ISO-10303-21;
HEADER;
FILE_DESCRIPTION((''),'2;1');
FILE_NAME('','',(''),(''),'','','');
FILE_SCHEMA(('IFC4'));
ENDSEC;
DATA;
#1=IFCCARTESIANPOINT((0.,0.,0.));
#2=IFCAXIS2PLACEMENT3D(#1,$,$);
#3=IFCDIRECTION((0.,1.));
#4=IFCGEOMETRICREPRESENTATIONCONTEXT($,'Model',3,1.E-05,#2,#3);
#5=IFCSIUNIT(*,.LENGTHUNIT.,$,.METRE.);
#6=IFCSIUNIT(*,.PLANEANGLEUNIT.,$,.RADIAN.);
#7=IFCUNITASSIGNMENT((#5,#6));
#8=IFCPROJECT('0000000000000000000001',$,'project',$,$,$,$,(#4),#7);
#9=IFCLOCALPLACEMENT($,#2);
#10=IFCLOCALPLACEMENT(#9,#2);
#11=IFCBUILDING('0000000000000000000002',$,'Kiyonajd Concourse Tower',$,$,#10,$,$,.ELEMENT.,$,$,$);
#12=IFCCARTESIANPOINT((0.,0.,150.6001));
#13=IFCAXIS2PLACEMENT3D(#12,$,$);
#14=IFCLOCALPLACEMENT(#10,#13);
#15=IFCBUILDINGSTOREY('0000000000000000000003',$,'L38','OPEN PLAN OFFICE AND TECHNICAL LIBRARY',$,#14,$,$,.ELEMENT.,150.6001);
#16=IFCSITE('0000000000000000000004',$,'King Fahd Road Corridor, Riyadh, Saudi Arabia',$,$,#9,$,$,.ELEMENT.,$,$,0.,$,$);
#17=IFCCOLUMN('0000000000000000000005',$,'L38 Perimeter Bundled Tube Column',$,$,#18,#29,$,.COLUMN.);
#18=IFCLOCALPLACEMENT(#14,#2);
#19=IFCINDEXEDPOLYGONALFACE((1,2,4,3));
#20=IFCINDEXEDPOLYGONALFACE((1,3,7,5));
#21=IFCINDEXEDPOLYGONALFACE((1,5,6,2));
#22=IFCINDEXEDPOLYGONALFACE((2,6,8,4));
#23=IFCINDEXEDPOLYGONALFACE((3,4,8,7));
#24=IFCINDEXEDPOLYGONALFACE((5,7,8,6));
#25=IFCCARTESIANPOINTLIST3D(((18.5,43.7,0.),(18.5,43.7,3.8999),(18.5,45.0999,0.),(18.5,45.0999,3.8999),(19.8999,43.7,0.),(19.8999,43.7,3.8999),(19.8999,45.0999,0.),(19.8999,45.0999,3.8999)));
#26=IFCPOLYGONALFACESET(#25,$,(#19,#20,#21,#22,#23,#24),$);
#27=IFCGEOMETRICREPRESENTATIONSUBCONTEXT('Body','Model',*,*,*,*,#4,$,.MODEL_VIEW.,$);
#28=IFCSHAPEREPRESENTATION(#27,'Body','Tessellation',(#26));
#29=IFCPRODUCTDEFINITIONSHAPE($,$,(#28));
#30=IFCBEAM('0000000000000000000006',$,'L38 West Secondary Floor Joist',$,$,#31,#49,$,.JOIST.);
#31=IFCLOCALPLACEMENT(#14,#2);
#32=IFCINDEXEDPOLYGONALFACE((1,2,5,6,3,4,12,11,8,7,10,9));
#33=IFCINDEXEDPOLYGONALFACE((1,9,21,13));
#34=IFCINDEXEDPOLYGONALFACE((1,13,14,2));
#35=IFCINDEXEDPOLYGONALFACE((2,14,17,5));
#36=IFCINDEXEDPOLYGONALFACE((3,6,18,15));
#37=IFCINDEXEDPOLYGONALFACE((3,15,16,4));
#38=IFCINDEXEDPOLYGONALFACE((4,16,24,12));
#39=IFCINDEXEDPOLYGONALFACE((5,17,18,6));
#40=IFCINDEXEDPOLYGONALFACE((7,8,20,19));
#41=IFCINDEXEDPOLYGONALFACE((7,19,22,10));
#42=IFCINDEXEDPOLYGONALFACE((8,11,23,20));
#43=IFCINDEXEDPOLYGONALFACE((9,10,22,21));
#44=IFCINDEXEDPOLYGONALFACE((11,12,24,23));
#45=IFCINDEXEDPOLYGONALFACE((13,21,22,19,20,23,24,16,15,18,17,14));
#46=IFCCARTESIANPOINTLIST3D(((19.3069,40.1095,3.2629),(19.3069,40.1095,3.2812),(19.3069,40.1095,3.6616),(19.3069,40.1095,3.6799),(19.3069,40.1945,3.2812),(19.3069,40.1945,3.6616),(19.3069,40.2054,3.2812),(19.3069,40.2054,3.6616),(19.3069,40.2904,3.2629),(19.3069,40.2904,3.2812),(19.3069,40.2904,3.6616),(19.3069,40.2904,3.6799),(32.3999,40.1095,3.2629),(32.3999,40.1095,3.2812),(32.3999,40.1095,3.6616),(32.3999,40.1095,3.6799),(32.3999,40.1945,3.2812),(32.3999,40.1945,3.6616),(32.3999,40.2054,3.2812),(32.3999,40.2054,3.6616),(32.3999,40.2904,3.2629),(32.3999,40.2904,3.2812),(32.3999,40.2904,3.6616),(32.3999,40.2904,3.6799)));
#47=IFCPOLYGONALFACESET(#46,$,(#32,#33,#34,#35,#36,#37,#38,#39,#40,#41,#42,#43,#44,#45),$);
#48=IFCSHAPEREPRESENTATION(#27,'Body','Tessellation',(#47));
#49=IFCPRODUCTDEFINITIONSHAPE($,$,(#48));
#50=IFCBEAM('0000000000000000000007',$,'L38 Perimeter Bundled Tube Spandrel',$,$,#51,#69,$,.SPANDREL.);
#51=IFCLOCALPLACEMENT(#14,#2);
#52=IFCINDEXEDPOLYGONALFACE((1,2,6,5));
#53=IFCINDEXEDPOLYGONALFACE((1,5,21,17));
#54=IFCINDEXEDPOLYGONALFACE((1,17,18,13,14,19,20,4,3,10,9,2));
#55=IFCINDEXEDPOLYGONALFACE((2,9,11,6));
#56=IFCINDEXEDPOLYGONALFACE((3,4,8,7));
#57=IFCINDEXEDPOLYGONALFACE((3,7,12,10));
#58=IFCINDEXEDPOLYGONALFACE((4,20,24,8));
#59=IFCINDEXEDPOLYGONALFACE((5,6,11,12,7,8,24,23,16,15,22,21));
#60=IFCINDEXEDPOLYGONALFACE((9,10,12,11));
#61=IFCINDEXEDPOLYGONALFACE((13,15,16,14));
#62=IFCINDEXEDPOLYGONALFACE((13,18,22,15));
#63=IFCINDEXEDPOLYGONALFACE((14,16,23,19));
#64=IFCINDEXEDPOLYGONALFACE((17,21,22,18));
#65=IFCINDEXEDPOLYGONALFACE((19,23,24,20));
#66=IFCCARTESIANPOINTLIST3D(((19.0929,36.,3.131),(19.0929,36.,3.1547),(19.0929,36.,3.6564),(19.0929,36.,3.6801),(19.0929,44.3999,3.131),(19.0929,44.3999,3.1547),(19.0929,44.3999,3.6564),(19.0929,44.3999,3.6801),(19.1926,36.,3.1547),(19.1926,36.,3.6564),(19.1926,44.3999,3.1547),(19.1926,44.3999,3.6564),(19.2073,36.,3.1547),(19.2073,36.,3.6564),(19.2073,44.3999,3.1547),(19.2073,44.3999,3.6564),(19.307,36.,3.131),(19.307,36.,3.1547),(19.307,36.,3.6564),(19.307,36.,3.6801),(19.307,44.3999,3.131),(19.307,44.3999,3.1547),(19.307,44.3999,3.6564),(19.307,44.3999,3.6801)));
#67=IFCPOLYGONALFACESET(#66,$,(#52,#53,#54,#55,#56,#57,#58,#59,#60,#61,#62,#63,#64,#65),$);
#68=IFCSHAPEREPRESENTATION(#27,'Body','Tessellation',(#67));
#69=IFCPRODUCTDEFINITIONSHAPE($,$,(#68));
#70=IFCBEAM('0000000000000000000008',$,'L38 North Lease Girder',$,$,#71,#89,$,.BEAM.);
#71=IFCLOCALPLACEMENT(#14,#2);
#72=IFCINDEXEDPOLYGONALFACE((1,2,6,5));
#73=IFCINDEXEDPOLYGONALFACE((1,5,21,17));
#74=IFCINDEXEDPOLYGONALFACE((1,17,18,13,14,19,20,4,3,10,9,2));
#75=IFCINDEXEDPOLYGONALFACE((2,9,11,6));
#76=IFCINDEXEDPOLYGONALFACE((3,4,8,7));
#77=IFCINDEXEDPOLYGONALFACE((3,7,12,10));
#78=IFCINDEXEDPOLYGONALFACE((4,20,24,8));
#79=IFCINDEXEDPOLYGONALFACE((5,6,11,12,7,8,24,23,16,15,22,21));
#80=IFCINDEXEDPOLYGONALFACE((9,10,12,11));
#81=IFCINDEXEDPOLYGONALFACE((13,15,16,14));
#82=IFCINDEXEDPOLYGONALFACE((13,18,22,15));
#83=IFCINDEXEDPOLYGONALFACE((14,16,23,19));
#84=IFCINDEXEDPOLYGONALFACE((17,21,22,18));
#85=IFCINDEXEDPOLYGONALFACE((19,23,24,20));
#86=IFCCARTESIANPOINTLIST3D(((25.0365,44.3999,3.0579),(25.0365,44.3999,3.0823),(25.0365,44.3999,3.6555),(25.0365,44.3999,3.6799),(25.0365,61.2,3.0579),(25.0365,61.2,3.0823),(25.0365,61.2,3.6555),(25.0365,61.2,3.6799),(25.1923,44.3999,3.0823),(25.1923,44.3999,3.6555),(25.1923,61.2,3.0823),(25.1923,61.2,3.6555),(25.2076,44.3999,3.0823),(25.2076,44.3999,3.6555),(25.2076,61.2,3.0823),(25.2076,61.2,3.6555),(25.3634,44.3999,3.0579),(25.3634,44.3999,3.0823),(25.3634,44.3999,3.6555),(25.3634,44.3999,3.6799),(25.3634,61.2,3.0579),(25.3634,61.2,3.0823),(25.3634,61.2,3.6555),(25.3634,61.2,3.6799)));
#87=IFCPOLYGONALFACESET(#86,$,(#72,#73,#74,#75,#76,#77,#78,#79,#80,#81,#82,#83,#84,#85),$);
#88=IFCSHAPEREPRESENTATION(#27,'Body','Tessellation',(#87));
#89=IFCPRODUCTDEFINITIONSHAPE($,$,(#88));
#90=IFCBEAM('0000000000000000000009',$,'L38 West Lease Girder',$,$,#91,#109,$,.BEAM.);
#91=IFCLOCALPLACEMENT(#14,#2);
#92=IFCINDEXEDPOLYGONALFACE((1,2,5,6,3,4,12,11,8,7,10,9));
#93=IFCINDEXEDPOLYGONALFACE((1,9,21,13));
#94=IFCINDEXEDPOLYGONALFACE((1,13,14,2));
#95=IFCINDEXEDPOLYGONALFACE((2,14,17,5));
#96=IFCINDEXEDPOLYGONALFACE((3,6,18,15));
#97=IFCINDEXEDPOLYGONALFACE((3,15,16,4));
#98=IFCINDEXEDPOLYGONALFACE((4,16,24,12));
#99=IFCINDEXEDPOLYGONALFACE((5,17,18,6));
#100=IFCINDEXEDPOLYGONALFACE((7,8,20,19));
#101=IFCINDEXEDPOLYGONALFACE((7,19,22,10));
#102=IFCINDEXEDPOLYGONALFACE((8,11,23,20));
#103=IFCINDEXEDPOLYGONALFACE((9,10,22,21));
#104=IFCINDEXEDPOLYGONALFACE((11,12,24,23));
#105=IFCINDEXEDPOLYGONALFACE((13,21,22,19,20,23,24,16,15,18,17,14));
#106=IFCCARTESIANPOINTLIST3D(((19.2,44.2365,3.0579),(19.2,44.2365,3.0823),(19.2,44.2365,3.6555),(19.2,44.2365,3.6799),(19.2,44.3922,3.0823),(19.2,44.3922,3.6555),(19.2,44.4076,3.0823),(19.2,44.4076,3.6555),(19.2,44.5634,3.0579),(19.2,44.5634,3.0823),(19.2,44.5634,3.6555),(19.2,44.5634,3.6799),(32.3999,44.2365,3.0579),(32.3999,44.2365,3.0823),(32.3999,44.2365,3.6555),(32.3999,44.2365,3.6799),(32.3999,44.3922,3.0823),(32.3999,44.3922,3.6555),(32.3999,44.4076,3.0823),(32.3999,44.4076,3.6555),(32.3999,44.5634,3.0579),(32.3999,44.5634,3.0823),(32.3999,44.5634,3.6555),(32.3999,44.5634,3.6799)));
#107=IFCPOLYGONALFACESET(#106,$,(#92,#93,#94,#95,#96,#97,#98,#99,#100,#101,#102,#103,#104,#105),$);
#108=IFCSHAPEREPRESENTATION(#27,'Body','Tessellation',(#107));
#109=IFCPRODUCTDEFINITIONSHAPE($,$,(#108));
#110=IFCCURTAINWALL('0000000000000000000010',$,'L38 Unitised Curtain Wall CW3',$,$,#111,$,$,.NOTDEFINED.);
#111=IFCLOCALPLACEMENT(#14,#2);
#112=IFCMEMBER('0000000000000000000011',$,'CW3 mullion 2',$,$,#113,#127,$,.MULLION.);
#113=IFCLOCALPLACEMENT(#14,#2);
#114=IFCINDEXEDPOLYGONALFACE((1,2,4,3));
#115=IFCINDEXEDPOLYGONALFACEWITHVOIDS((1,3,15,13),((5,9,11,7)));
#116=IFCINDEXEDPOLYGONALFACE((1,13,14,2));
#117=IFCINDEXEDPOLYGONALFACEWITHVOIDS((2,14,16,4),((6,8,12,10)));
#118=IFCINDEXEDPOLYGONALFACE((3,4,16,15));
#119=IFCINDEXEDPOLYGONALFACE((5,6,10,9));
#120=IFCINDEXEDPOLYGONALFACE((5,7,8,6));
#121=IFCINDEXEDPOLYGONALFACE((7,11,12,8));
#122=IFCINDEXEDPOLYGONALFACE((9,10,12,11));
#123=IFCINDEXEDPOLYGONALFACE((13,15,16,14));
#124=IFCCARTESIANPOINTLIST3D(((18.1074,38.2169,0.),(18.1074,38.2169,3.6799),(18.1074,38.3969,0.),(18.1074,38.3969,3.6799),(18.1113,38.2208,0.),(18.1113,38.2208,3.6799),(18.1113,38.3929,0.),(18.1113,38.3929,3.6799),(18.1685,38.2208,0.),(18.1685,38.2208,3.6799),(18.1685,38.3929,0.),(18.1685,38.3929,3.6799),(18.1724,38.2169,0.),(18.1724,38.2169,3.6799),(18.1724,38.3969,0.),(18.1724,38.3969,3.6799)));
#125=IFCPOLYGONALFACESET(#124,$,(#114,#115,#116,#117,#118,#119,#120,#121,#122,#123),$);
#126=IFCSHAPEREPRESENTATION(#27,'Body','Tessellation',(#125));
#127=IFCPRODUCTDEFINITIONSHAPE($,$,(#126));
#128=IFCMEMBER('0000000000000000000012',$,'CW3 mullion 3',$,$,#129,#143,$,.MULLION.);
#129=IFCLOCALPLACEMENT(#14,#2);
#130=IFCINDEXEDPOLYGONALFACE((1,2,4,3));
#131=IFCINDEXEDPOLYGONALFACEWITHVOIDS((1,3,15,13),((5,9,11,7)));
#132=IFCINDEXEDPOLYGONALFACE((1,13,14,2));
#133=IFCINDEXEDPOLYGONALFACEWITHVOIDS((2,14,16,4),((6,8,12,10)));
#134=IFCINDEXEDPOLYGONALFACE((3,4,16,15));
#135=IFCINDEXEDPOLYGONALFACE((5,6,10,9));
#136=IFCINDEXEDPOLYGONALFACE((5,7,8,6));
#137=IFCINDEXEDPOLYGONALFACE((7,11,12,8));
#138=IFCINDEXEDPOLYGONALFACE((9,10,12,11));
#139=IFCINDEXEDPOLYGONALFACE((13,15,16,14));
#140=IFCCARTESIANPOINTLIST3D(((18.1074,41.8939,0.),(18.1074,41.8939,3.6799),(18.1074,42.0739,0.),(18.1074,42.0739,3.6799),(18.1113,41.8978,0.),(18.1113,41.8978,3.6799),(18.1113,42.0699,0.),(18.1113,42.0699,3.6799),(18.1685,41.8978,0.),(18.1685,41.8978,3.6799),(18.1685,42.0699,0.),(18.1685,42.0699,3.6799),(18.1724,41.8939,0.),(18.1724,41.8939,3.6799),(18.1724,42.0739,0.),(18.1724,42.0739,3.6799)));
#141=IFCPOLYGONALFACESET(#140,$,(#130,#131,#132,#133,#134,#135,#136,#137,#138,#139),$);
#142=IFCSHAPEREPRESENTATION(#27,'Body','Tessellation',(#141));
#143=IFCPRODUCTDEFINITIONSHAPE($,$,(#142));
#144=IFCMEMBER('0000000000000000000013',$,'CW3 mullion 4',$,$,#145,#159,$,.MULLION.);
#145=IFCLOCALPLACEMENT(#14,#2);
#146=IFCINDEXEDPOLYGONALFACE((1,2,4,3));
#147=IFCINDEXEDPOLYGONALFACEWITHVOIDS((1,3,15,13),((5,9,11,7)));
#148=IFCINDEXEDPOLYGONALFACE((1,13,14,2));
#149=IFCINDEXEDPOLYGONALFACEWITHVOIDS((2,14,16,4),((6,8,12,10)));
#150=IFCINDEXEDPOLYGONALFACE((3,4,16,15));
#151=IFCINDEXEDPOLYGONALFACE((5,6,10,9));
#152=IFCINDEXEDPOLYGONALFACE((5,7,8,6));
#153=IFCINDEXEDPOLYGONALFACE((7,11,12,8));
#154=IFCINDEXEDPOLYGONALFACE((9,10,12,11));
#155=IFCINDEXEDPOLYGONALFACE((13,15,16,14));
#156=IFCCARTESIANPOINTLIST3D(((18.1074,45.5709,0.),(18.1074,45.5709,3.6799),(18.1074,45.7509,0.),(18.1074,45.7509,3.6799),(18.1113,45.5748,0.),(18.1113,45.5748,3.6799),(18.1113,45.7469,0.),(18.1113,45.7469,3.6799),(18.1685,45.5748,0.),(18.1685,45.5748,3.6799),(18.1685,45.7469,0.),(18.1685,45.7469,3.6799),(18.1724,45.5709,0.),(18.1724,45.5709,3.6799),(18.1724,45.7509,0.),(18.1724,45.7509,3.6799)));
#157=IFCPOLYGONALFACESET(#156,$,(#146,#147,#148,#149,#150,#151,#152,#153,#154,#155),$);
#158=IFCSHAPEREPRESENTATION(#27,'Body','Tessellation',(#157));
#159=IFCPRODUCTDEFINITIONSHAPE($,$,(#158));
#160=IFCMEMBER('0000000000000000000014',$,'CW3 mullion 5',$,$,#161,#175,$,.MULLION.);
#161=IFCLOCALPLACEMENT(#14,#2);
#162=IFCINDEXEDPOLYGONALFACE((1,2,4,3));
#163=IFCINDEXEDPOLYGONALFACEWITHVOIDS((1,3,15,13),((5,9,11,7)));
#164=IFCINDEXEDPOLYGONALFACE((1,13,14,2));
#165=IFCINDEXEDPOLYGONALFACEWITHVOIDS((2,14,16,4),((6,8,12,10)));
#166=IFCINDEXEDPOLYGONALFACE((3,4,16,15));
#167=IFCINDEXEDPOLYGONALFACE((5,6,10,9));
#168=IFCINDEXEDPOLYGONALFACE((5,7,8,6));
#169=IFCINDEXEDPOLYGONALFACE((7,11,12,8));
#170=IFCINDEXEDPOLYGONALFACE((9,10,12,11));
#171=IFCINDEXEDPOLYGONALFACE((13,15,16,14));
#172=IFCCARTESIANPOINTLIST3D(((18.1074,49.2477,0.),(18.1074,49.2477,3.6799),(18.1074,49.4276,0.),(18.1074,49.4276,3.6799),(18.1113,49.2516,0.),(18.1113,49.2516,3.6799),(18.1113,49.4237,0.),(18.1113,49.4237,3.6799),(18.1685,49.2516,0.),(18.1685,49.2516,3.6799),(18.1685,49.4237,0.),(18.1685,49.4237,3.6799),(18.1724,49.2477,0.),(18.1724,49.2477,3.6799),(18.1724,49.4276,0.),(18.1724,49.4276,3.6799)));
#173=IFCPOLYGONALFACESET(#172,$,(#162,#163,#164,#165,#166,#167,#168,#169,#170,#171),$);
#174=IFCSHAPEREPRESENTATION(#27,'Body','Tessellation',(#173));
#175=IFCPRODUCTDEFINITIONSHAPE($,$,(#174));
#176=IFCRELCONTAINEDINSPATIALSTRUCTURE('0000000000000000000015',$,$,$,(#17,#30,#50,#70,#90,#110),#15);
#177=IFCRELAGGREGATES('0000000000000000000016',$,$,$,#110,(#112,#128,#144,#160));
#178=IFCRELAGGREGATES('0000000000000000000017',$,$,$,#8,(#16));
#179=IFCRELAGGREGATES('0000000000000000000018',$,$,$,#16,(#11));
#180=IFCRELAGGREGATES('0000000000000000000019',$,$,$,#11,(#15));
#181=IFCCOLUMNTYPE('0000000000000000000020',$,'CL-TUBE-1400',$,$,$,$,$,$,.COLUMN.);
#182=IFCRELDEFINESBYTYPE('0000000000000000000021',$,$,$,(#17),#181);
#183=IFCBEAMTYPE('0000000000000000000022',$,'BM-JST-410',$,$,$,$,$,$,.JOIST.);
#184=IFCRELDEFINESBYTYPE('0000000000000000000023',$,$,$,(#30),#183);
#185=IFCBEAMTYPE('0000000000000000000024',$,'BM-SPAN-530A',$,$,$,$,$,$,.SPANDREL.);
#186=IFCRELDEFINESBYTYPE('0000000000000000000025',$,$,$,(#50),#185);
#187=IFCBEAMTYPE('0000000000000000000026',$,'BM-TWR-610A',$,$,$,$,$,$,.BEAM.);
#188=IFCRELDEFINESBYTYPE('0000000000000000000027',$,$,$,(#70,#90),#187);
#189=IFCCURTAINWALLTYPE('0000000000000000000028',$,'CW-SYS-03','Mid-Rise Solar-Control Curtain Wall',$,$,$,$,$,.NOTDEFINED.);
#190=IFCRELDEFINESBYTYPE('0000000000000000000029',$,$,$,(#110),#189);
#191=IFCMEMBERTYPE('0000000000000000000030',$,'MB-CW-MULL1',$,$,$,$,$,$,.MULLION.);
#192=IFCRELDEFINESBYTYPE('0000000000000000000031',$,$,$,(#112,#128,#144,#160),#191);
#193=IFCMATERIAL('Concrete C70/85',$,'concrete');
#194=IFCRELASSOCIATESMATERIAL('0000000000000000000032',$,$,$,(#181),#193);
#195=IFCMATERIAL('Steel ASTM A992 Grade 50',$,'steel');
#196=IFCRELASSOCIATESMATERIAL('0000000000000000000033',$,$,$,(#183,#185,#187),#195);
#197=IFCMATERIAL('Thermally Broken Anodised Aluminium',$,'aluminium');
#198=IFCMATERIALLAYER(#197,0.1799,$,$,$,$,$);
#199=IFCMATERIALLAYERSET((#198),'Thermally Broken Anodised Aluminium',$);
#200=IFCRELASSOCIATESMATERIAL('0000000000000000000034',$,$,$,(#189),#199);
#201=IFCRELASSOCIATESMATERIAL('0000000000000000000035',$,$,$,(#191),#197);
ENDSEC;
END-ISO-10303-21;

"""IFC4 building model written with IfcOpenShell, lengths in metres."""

from ifc_helpers import new_model, si_unit, direction, frame, origin, origin_2d, place, context, subcontext, project, spatial, rectangle, hollow_rectangle, i_section, extrude, material, layer, layer_set, material_profile, profile_set, type_object, element, aggregate, save


model = new_model("IFC4")

# Units and contexts
model_context = context("Model", 3, precision=1e-05, world=origin(), true_north=direction((0.0, 1.0)))
body_context = subcontext(model_context, "Body", "Model", "MODEL_VIEW")
ifc_project = project(units=[si_unit("LENGTHUNIT", "METRE"), si_unit("PLANEANGLEUNIT", "RADIAN")], contexts=[model_context])

# Site, building, storey
site_placement = place(None, origin())
site = spatial("IfcSite", under=ifc_project, at=site_placement, Name="King Fahd Road Corridor, Riyadh, Saudi Arabia", CompositionType="ELEMENT", RefElevation=0.0)
building_placement = place(site_placement, origin())
building = spatial("IfcBuilding", under=site, at=building_placement, Name="Kiyonajd Concourse Tower", CompositionType="ELEMENT")
storey_placement = place(building_placement, frame((0.0, 0.0, 150.6001)))
storey = spatial("IfcBuildingStorey", under=building, at=storey_placement, Name="L38", Description="OPEN PLAN OFFICE AND TECHNICAL LIBRARY", CompositionType="ELEMENT", Elevation=150.6001)

# Column
ifc_material_1 = material(Name="Concrete C70/85", Category="concrete")
ifc_material_profile_1 = material_profile(ifc_material_1, rectangle(XDim=1.3999, YDim=1.3999, at=origin_2d()), Name="RC-1400x1400")
ifc_profile_set_1 = profile_set([ifc_material_profile_1], Name="Concrete C70/85")
column_type = type_object("IfcColumnType", Name="CL-TUBE-1400", PredefinedType="COLUMN", material=ifc_profile_set_1)
column_placement = place(storey_placement, frame((19.2, 44.3999, 0.0), z_axis=(0.0, 0.0, 1.0), x_axis=(1.0, 0.0, 0.0)))
element("IfcColumn", 1, at=column_placement, inside=storey, type_object=column_type, Name="L38 Perimeter Bundled Tube Column", PredefinedType="COLUMN", context=body_context, shape_type="SweptSolid", body=[
    extrude(rectangle(XDim=1.3999, YDim=1.3999, at=origin_2d()), origin(), (0.0, 0.0, 1.0), 3.8999),
])

# Beams
ifc_material_2 = material(Name="Steel ASTM A992 Grade 50", Category="steel")
ifc_material_profile_2 = material_profile(ifc_material_2, i_section(OverallWidth=0.1809, OverallDepth=0.417, WebThickness=0.011, FlangeThickness=0.0183, at=origin_2d()), Name="W410X85")
ifc_profile_set_2 = profile_set([ifc_material_profile_2], Name="Steel ASTM A992 Grade 50")
beam_type_1 = type_object("IfcBeamType", Name="BM-JST-410", PredefinedType="JOIST", material=ifc_profile_set_2)
beam_1_placement = place(storey_placement, frame((19.3069, 40.2, 3.4714), z_axis=(1.0, 0.0, 0.0), x_axis=(0.0, 1.0, 0.0)))
element("IfcBeam", 2, at=beam_1_placement, inside=storey, type_object=beam_type_1, Name="L38 West Secondary Floor Joist", PredefinedType="JOIST", context=body_context, shape_type="SweptSolid", body=[
    extrude(i_section(OverallWidth=0.1809, OverallDepth=0.417, WebThickness=0.011, FlangeThickness=0.0183, at=origin_2d()), origin(), (0.0, 0.0, 1.0), 13.093),
])
ifc_material_profile_3 = material_profile(ifc_material_2, i_section(OverallWidth=0.2141, OverallDepth=0.5491, WebThickness=0.0146, FlangeThickness=0.0237, at=origin_2d()), Name="W530X138")
ifc_profile_set_3 = profile_set([ifc_material_profile_3], Name="Steel ASTM A992 Grade 50")
beam_type_2 = type_object("IfcBeamType", Name="BM-SPAN-530A", PredefinedType="SPANDREL", material=ifc_profile_set_3)
beam_2_placement = place(storey_placement, frame((19.2, 44.3999, 3.4055), z_axis=(0.0, -1.0, 0.0), x_axis=(1.0, 0.0, 0.0)))
element("IfcBeam", 3, at=beam_2_placement, inside=storey, type_object=beam_type_2, Name="L38 Perimeter Bundled Tube Spandrel", PredefinedType="SPANDREL", context=body_context, shape_type="SweptSolid", body=[
    extrude(i_section(OverallWidth=0.2141, OverallDepth=0.5491, WebThickness=0.0146, FlangeThickness=0.0237, at=origin_2d()), origin(), (0.0, 0.0, 1.0), 8.3999),
])
ifc_material_profile_4 = material_profile(ifc_material_2, i_section(OverallWidth=0.3269, OverallDepth=0.6221, WebThickness=0.0154, FlangeThickness=0.0244, at=origin_2d()), Name="W610X195")
ifc_profile_set_4 = profile_set([ifc_material_profile_4], Name="Steel ASTM A992 Grade 50")
beam_type_3 = type_object("IfcBeamType", Name="BM-TWR-610A", PredefinedType="BEAM", material=ifc_profile_set_4)
beam_3_placement = place(storey_placement, frame((25.2, 44.3999, 3.3689), z_axis=(0.0, 1.0, 0.0), x_axis=(-1.0, 0.0, 0.0)))
element("IfcBeam", 4, at=beam_3_placement, inside=storey, type_object=beam_type_3, Name="L38 North Lease Girder", PredefinedType="BEAM", context=body_context, shape_type="SweptSolid", body=[
    extrude(i_section(OverallWidth=0.3269, OverallDepth=0.6221, WebThickness=0.0154, FlangeThickness=0.0244, at=origin_2d()), origin(), (0.0, 0.0, 1.0), 16.8),
])
beam_4_placement = place(storey_placement, frame((19.2, 44.3999, 3.3689), z_axis=(1.0, 0.0, 0.0), x_axis=(0.0, 1.0, 0.0)))
element("IfcBeam", 5, at=beam_4_placement, inside=storey, type_object=beam_type_3, Name="L38 West Lease Girder", PredefinedType="BEAM", context=body_context, shape_type="SweptSolid", body=[
    extrude(i_section(OverallWidth=0.3269, OverallDepth=0.6221, WebThickness=0.0154, FlangeThickness=0.0244, at=origin_2d()), origin(), (0.0, 0.0, 1.0), 13.2),
])

# Curtain wall, members
ifc_material_3 = material(Name="Thermally Broken Anodised Aluminium", Category="aluminium")
ifc_layer_1 = layer(ifc_material_3, 0.1799)
ifc_layer_set_1 = layer_set([ifc_layer_1], Name="Thermally Broken Anodised Aluminium")
curtain_wall_type = type_object("IfcCurtainWallType", Name="CW-SYS-03", Description="Mid-Rise Solar-Control Curtain Wall", PredefinedType="NOTDEFINED", material=ifc_layer_set_1)
curtain_wall_placement = place(storey_placement, origin())
curtain_wall = element("IfcCurtainWall", 6, at=curtain_wall_placement, inside=storey, type_object=curtain_wall_type, Name="L38 Unitised Curtain Wall CW3", PredefinedType="NOTDEFINED")
ifc_material_profile_5 = material_profile(ifc_material_3, hollow_rectangle(XDim=0.0649, YDim=0.1799, WallThickness=0.0039, at=origin_2d()), Name="MULL-65x180")
ifc_profile_set_5 = profile_set([ifc_material_profile_5], Name="Thermally Broken Anodised Aluminium")
member_type_1 = type_object("IfcMemberType", Name="MB-CW-MULL1", PredefinedType="MULLION", material=ifc_profile_set_5)
member_1_placement = place(storey_placement, frame((18.1399, 38.3069, 0.0), z_axis=(0.0, 0.0, 1.0), x_axis=(-1.0, 0.0, 0.0)))
member_1 = element("IfcMember", 7, at=member_1_placement, type_object=member_type_1, Name="CW3 mullion 2", PredefinedType="MULLION", context=body_context, shape_type="SweptSolid", body=[
    extrude(hollow_rectangle(XDim=0.0649, YDim=0.1799, WallThickness=0.0039, at=origin_2d()), origin(), (0.0, 0.0, 1.0), 3.6799),
])
member_2_placement = place(storey_placement, frame((18.1399, 41.9839, 0.0), z_axis=(0.0, 0.0, 1.0), x_axis=(-1.0, 0.0, 0.0)))
member_2 = element("IfcMember", 8, at=member_2_placement, type_object=member_type_1, Name="CW3 mullion 3", PredefinedType="MULLION", context=body_context, shape_type="SweptSolid", body=[
    extrude(hollow_rectangle(XDim=0.0649, YDim=0.1799, WallThickness=0.0039, at=origin_2d()), origin(), (0.0, 0.0, 1.0), 3.6799),
])
member_3_placement = place(storey_placement, frame((18.1399, 45.6609, 0.0), z_axis=(0.0, 0.0, 1.0), x_axis=(-1.0, 0.0, 0.0)))
member_3 = element("IfcMember", 9, at=member_3_placement, type_object=member_type_1, Name="CW3 mullion 4", PredefinedType="MULLION", context=body_context, shape_type="SweptSolid", body=[
    extrude(hollow_rectangle(XDim=0.0649, YDim=0.1799, WallThickness=0.0039, at=origin_2d()), origin(), (0.0, 0.0, 1.0), 3.6799),
])
member_4_placement = place(storey_placement, frame((18.1399, 49.3376, 0.0), z_axis=(0.0, 0.0, 1.0), x_axis=(-1.0, 0.0, 0.0)))
member_4 = element("IfcMember", 10, at=member_4_placement, type_object=member_type_1, Name="CW3 mullion 5", PredefinedType="MULLION", context=body_context, shape_type="SweptSolid", body=[
    extrude(hollow_rectangle(XDim=0.0649, YDim=0.1799, WallThickness=0.0039, at=origin_2d()), origin(), (0.0, 0.0, 1.0), 3.6799),
])
aggregate(curtain_wall, [member_1, member_2, member_3, member_4])

save(model, "model.ifc")
